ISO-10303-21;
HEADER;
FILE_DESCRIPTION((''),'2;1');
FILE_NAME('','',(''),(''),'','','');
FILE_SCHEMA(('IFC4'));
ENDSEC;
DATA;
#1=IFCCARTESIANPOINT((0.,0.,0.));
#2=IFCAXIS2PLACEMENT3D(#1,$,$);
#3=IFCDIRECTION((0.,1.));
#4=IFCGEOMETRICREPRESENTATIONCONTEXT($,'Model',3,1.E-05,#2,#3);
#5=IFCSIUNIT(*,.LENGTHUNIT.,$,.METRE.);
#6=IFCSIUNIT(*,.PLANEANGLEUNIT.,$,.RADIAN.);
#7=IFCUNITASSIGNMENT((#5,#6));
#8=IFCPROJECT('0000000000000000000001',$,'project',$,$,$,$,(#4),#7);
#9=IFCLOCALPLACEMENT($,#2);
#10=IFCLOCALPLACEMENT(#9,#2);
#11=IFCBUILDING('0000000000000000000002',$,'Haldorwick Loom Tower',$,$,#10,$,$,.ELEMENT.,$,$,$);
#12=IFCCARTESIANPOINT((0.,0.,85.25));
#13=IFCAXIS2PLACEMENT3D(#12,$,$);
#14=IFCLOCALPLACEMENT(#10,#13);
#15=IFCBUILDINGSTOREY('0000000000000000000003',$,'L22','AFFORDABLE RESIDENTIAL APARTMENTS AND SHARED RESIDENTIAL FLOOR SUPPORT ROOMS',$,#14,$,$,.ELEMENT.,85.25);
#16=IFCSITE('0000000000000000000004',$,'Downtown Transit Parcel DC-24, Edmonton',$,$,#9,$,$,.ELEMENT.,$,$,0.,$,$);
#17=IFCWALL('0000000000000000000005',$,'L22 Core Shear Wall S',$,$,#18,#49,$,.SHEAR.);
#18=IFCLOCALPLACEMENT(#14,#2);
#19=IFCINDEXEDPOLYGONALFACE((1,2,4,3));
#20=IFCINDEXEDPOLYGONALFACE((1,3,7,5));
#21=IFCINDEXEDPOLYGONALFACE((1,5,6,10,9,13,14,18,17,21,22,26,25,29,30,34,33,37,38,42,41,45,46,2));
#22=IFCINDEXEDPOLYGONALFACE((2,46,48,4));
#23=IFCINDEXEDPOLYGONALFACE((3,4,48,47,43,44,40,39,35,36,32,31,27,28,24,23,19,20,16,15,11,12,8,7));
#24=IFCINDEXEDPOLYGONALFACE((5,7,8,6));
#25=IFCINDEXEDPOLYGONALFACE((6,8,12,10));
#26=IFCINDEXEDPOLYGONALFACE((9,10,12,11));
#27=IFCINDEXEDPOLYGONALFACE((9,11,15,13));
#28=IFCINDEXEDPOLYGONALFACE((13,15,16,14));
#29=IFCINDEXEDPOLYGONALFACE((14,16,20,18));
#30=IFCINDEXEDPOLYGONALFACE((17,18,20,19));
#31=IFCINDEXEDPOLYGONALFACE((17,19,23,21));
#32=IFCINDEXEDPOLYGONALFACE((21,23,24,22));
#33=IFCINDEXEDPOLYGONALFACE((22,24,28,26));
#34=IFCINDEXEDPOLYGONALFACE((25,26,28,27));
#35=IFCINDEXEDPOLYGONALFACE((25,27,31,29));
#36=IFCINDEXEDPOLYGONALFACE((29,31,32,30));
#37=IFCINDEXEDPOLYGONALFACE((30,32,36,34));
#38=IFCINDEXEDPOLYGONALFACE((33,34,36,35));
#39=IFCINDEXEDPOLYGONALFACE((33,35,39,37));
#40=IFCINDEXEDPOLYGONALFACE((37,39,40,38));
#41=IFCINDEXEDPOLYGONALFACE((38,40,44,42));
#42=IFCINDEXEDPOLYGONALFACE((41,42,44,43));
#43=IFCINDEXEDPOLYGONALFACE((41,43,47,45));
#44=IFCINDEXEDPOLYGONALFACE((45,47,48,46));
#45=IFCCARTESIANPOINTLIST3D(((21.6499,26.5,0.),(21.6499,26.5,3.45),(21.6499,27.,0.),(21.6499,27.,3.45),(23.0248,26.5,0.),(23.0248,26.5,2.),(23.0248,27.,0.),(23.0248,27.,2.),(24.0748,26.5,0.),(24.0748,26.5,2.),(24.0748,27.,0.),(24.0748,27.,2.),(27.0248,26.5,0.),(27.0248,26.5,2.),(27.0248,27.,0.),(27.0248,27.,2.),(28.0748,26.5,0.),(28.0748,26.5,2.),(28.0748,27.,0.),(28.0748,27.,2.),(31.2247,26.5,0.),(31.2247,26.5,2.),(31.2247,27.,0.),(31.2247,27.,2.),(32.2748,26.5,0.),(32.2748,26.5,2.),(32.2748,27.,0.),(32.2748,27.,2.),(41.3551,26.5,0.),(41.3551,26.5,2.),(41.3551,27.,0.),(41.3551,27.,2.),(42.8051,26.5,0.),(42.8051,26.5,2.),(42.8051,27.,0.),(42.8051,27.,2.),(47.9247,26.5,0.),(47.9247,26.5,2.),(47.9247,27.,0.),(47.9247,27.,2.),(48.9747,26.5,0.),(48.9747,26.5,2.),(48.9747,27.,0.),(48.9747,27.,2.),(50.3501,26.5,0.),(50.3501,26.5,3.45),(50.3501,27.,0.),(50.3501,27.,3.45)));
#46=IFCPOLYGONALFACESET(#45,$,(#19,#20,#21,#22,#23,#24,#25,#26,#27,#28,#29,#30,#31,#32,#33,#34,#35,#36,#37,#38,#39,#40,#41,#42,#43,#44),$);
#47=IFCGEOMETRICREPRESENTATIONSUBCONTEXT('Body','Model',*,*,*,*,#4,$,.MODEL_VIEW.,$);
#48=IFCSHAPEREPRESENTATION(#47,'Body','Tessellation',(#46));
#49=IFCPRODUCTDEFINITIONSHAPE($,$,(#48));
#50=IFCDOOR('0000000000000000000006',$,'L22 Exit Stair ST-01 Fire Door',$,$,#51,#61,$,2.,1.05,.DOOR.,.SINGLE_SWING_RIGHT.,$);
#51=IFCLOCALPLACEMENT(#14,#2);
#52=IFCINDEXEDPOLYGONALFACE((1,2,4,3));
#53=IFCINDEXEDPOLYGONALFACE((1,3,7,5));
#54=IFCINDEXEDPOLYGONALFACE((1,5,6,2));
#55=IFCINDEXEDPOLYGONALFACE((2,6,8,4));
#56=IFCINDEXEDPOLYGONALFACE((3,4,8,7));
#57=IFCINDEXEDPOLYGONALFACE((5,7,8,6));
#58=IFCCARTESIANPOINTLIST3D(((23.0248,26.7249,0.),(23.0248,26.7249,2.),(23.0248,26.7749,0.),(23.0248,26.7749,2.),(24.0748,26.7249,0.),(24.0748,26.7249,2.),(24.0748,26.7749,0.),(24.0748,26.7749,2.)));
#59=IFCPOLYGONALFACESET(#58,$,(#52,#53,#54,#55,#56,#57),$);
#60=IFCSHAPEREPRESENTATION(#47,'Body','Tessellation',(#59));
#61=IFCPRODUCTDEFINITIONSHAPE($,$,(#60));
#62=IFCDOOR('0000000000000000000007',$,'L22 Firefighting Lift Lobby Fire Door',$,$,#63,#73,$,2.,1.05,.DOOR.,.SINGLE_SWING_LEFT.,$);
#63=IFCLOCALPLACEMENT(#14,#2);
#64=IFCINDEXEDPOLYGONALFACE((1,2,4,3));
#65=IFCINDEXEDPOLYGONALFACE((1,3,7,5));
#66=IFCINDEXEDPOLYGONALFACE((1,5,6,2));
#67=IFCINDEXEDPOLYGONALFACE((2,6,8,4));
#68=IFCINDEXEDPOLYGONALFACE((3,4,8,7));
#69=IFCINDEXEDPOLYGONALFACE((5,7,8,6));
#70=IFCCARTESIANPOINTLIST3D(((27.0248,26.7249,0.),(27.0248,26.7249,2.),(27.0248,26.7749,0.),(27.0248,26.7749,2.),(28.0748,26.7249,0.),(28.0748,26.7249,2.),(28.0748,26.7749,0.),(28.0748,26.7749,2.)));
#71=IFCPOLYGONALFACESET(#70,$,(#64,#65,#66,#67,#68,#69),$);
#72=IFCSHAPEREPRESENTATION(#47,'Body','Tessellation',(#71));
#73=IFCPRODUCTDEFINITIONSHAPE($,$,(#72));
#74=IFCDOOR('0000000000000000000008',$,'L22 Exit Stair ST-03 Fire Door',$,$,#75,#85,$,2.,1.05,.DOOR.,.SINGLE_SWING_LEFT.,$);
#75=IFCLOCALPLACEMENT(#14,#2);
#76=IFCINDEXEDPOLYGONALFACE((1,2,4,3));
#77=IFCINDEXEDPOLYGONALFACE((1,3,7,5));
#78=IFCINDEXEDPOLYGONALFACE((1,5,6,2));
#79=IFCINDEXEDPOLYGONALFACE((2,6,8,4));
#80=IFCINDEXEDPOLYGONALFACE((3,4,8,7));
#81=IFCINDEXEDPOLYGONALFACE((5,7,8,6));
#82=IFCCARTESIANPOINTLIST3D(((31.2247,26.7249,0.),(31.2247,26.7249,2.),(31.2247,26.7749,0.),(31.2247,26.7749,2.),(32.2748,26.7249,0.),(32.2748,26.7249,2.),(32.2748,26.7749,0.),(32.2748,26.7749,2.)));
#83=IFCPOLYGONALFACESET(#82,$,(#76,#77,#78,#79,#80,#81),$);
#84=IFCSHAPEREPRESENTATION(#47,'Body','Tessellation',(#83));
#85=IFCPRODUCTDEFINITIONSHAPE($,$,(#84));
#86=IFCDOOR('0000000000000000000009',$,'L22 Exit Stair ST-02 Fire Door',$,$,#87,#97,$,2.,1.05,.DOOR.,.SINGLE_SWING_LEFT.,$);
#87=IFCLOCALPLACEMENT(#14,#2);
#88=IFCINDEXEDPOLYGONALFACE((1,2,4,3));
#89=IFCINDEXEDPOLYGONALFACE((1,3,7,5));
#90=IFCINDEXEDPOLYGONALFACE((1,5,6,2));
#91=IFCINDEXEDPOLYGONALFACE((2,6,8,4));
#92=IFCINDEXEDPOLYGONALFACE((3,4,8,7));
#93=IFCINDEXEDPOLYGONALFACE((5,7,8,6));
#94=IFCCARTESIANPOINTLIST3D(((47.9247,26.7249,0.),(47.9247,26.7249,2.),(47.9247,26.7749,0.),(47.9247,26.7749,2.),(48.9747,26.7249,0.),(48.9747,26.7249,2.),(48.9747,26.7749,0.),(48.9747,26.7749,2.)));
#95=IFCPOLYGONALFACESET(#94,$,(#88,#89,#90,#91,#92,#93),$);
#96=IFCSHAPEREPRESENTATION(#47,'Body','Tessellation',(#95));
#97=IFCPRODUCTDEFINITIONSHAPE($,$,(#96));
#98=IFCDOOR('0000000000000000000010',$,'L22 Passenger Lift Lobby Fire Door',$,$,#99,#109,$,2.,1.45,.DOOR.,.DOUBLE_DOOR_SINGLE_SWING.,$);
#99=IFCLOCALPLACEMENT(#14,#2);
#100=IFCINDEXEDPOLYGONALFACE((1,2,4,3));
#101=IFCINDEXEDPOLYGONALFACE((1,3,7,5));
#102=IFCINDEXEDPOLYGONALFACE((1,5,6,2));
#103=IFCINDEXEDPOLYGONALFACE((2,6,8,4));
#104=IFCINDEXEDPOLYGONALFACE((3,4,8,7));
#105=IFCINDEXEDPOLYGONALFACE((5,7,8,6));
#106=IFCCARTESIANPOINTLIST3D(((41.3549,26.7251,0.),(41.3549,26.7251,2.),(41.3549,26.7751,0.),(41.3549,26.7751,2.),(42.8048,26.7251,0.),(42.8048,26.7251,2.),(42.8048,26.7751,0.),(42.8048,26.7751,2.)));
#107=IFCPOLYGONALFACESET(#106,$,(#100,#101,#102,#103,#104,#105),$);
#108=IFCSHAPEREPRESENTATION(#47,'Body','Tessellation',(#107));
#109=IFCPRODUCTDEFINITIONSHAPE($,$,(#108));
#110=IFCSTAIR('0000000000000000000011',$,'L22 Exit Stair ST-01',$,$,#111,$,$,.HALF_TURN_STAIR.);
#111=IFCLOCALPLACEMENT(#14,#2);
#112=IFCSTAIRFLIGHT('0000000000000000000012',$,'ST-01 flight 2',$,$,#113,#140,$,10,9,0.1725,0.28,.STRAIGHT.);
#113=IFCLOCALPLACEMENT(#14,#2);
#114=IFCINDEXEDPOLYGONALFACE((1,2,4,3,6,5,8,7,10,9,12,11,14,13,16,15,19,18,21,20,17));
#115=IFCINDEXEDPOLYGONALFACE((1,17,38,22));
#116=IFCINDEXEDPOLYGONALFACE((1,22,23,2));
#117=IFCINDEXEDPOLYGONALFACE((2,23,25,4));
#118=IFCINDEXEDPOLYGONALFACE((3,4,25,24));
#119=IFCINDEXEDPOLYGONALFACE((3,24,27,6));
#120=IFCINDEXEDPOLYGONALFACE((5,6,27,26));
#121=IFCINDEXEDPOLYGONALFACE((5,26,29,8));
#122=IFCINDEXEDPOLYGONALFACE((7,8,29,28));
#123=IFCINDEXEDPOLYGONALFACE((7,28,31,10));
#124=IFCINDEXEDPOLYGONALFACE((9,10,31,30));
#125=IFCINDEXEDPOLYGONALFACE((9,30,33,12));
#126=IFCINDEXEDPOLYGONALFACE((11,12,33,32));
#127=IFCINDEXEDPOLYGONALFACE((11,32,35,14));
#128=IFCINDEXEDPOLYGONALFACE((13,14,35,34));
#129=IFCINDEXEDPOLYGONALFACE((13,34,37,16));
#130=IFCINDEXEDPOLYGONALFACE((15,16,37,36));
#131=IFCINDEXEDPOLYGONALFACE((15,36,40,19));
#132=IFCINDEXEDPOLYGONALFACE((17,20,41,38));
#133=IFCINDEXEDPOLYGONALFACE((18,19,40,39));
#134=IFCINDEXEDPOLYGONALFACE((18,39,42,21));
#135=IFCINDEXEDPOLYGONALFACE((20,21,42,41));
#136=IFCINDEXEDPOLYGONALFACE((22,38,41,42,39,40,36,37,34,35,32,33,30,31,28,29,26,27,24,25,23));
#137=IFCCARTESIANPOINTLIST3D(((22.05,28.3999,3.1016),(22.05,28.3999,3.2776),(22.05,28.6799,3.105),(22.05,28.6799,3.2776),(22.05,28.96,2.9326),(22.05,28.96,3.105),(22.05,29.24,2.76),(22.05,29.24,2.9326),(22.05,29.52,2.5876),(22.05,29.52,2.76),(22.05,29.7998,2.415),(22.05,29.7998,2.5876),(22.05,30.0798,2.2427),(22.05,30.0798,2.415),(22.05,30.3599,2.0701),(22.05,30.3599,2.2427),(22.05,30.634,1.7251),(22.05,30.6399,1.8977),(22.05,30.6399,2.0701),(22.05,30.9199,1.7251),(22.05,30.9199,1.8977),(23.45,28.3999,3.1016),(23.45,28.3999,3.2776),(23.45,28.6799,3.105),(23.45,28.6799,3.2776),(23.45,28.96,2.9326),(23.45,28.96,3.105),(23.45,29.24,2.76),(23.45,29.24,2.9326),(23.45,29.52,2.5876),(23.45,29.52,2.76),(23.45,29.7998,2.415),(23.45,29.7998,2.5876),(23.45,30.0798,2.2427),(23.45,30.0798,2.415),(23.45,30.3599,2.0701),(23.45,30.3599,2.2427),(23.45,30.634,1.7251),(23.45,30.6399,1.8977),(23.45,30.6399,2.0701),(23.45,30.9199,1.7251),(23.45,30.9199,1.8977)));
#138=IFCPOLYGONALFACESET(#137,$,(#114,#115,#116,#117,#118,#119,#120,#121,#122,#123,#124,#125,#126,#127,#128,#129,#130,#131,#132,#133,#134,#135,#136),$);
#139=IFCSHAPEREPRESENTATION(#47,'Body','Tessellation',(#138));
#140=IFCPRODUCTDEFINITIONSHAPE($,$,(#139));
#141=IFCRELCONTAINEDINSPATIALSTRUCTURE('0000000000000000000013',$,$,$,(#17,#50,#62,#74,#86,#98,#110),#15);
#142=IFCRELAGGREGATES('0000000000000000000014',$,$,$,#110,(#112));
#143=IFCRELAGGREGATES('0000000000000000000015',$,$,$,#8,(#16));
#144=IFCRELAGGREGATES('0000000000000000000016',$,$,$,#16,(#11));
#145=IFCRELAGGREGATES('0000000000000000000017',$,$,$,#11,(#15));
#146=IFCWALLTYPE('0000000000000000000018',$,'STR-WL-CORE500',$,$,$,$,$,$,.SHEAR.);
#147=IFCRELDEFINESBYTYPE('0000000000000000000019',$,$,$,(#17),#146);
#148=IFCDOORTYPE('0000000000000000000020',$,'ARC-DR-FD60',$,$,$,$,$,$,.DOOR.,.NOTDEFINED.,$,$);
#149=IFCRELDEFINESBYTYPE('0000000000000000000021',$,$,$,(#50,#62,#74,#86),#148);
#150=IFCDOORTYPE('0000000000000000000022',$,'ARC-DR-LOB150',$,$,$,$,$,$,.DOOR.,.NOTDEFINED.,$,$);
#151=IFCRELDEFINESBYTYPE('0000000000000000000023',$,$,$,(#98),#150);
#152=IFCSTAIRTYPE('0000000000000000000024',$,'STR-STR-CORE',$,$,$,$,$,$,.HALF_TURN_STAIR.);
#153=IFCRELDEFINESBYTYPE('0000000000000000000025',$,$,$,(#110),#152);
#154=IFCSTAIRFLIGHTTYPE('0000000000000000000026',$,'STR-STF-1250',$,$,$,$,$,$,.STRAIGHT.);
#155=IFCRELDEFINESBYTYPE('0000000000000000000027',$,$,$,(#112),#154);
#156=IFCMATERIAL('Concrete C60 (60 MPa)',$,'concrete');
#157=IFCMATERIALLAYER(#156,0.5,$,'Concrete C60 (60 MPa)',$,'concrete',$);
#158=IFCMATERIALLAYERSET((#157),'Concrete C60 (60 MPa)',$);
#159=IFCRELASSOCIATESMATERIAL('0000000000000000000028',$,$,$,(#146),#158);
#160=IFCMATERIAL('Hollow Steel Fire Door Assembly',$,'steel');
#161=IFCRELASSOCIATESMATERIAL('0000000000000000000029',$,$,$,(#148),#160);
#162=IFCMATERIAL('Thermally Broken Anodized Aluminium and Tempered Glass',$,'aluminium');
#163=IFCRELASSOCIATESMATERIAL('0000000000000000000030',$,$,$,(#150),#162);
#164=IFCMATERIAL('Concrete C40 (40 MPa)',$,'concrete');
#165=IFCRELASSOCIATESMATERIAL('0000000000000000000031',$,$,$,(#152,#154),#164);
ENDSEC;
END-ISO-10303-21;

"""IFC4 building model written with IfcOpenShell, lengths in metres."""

from ifc_helpers import new_model, si_unit, direction, frame, frame_2d, origin, place, context, subcontext, project, spatial, polyline, rectangle, outline, extrude, material, layer, layer_set, type_object, element, fill, aggregate, save


model = new_model("IFC4")

# Units and contexts
model_context = context("Model", 3, precision=1e-05, world=origin(), true_north=direction((0.0, 1.0)))
body_context = subcontext(model_context, "Body", "Model", "MODEL_VIEW")
ifc_project = project(units=[si_unit("LENGTHUNIT", "METRE"), si_unit("PLANEANGLEUNIT", "RADIAN")], contexts=[model_context])

# Site, building, storey
site_placement = place(None, origin())
site = spatial("IfcSite", under=ifc_project, at=site_placement, Name="Downtown Transit Parcel DC-24, Edmonton", CompositionType="ELEMENT", RefElevation=0.0)
building_placement = place(site_placement, origin())
building = spatial("IfcBuilding", under=site, at=building_placement, Name="Haldorwick Loom Tower", CompositionType="ELEMENT")
storey_placement = place(building_placement, frame((0.0, 0.0, 85.25)))
storey = spatial("IfcBuildingStorey", under=building, at=storey_placement, Name="L22", Description="AFFORDABLE RESIDENTIAL APARTMENTS AND SHARED RESIDENTIAL FLOOR SUPPORT ROOMS", CompositionType="ELEMENT", Elevation=85.25)

# Shared definitions
ifc_material_1 = material(Name="Concrete C60 (60 MPa)", Category="concrete")

# Wall, openings, doors
ifc_layer_1 = layer(ifc_material_1, 0.5, Name="Concrete C60 (60 MPa)", Category="concrete")
ifc_layer_set_1 = layer_set([ifc_layer_1], Name="Concrete C60 (60 MPa)")
wall_type_1 = type_object("IfcWallType", Name="STR-WL-CORE500", PredefinedType="SHEAR", material=ifc_layer_set_1)
wall_1_placement = place(storey_placement, frame((21.6499, 26.75, 0.0), z_axis=(0.0, 0.0, 1.0), x_axis=(1.0, 0.0, 0.0)))
wall_1 = element("IfcWall", 1, at=wall_1_placement, inside=storey, type_object=wall_type_1, Name="L22 Core Shear Wall S", PredefinedType="SHEAR", context=body_context, shape_type="SweptSolid", body=[
    extrude(rectangle(XDim=28.7002, YDim=0.5, at=frame_2d((14.3501, 0.0))), origin(), (0.0, 0.0, 1.0), 3.45),
])
opening_1_placement = place(wall_1_placement, frame((1.375, 0.0, 0.0)))
opening_1 = element("IfcOpeningElement", 2, at=opening_1_placement, cuts=wall_1, PredefinedType="OPENING", context=body_context, shape_type="SweptSolid", body=[
    extrude(rectangle(XDim=1.05, YDim=2.0, at=frame_2d((0.5249, 1.0))), frame((0.0, 0.26, 0.0), z_axis=(0.0, -1.0, 0.0), x_axis=(1.0, 0.0, 0.0)), (0.0, 0.0, 1.0), 0.52),
])
opening_2_placement = place(wall_1_placement, frame((5.375, 0.0, 0.0)))
opening_2 = element("IfcOpeningElement", 3, at=opening_2_placement, cuts=wall_1, PredefinedType="OPENING", context=body_context, shape_type="SweptSolid", body=[
    extrude(rectangle(XDim=1.05, YDim=2.0, at=frame_2d((0.5249, 1.0))), frame((0.0, 0.26, 0.0), z_axis=(0.0, -1.0, 0.0), x_axis=(1.0, 0.0, 0.0)), (0.0, 0.0, 1.0), 0.52),
])
opening_3_placement = place(wall_1_placement, frame((9.575, 0.0, 0.0)))
opening_3 = element("IfcOpeningElement", 4, at=opening_3_placement, cuts=wall_1, PredefinedType="OPENING", context=body_context, shape_type="SweptSolid", body=[
    extrude(rectangle(XDim=1.05, YDim=2.0, at=frame_2d((0.5249, 1.0))), frame((0.0, 0.26, 0.0), z_axis=(0.0, -1.0, 0.0), x_axis=(1.0, 0.0, 0.0)), (0.0, 0.0, 1.0), 0.52),
])
opening_4_placement = place(wall_1_placement, frame((19.7051, 0.0, 0.0)))
opening_4 = element("IfcOpeningElement", 5, at=opening_4_placement, cuts=wall_1, PredefinedType="OPENING", context=body_context, shape_type="SweptSolid", body=[
    extrude(rectangle(XDim=1.45, YDim=2.0, at=frame_2d((0.7251, 1.0))), frame((0.0, 0.26, 0.0), z_axis=(0.0, -1.0, 0.0), x_axis=(1.0, 0.0, 0.0)), (0.0, 0.0, 1.0), 0.52),
])
opening_5_placement = place(wall_1_placement, frame((26.2749, 0.0, 0.0)))
opening_5 = element("IfcOpeningElement", 6, at=opening_5_placement, cuts=wall_1, PredefinedType="OPENING", context=body_context, shape_type="SweptSolid", body=[
    extrude(rectangle(XDim=1.05, YDim=2.0, at=frame_2d((0.5249, 1.0))), frame((0.0, 0.26, 0.0), z_axis=(0.0, -1.0, 0.0), x_axis=(1.0, 0.0, 0.0)), (0.0, 0.0, 1.0), 0.52),
])
ifc_material_2 = material(Name="Hollow Steel Fire Door Assembly", Category="steel")
door_type_1 = type_object("IfcDoorType", Name="ARC-DR-FD60", OperationType="NOTDEFINED", PredefinedType="DOOR", material=ifc_material_2)
door_1_placement = place(opening_1_placement, origin())
door_1 = element("IfcDoor", 7, at=door_1_placement, inside=storey, type_object=door_type_1, Name="L22 Exit Stair ST-01 Fire Door", OperationType="SINGLE_SWING_RIGHT", OverallHeight=2.0, OverallWidth=1.05, PredefinedType="DOOR", context=body_context, shape_type="SweptSolid", body=[
    extrude(rectangle(XDim=1.05, YDim=2.0, at=frame_2d((0.5249, 1.0))), frame((0.0, 0.0249, 0.0), z_axis=(0.0, -1.0, 0.0), x_axis=(1.0, 0.0, 0.0)), (0.0, 0.0, 1.0), 0.05),
])
fill(opening_1, door_1)
door_2_placement = place(opening_2_placement, origin())
door_2 = element("IfcDoor", 8, at=door_2_placement, inside=storey, type_object=door_type_1, Name="L22 Firefighting Lift Lobby Fire Door", OperationType="SINGLE_SWING_LEFT", OverallHeight=2.0, OverallWidth=1.05, PredefinedType="DOOR", context=body_context, shape_type="SweptSolid", body=[
    extrude(rectangle(XDim=1.05, YDim=2.0, at=frame_2d((0.5249, 1.0))), frame((0.0, 0.0249, 0.0), z_axis=(0.0, -1.0, 0.0), x_axis=(1.0, 0.0, 0.0)), (0.0, 0.0, 1.0), 0.05),
])
fill(opening_2, door_2)
door_3_placement = place(opening_3_placement, origin())
door_3 = element("IfcDoor", 9, at=door_3_placement, inside=storey, type_object=door_type_1, Name="L22 Exit Stair ST-03 Fire Door", OperationType="SINGLE_SWING_LEFT", OverallHeight=2.0, OverallWidth=1.05, PredefinedType="DOOR", context=body_context, shape_type="SweptSolid", body=[
    extrude(rectangle(XDim=1.05, YDim=2.0, at=frame_2d((0.5249, 1.0))), frame((0.0, 0.0249, 0.0), z_axis=(0.0, -1.0, 0.0), x_axis=(1.0, 0.0, 0.0)), (0.0, 0.0, 1.0), 0.05),
])
fill(opening_3, door_3)
door_4_placement = place(opening_5_placement, origin())
door_4 = element("IfcDoor", 10, at=door_4_placement, inside=storey, type_object=door_type_1, Name="L22 Exit Stair ST-02 Fire Door", OperationType="SINGLE_SWING_LEFT", OverallHeight=2.0, OverallWidth=1.05, PredefinedType="DOOR", context=body_context, shape_type="SweptSolid", body=[
    extrude(rectangle(XDim=1.05, YDim=2.0, at=frame_2d((0.5249, 1.0))), frame((0.0, 0.0249, 0.0), z_axis=(0.0, -1.0, 0.0), x_axis=(1.0, 0.0, 0.0)), (0.0, 0.0, 1.0), 0.05),
])
fill(opening_5, door_4)
ifc_material_3 = material(Name="Thermally Broken Anodized Aluminium and Tempered Glass", Category="aluminium")
door_type_2 = type_object("IfcDoorType", Name="ARC-DR-LOB150", OperationType="NOTDEFINED", PredefinedType="DOOR", material=ifc_material_3)
door_5_placement = place(opening_4_placement, frame((1.45, 0.0, 0.0), z_axis=(0.0, 0.0, 1.0), x_axis=(-1.0, 0.0, 0.0)))
door_5 = element("IfcDoor", 11, at=door_5_placement, inside=storey, type_object=door_type_2, Name="L22 Passenger Lift Lobby Fire Door", OperationType="DOUBLE_DOOR_SINGLE_SWING", OverallHeight=2.0, OverallWidth=1.45, PredefinedType="DOOR", context=body_context, shape_type="SweptSolid", body=[
    extrude(rectangle(XDim=1.45, YDim=2.0, at=frame_2d((0.7251, 1.0))), frame((0.0, 0.0249, 0.0), z_axis=(0.0, -1.0, 0.0), x_axis=(1.0, 0.0, 0.0)), (0.0, 0.0, 1.0), 0.05),
])
fill(opening_4, door_5)

# Stair, stair flight
ifc_material_4 = material(Name="Concrete C40 (40 MPa)", Category="concrete")
stair_type = type_object("IfcStairType", Name="STR-STR-CORE", PredefinedType="HALF_TURN_STAIR", material=ifc_material_4)
stair_placement = place(storey_placement, origin())
stair = element("IfcStair", 12, at=stair_placement, inside=storey, type_object=stair_type, Name="L22 Exit Stair ST-01", PredefinedType="HALF_TURN_STAIR")
stair_flight_type = type_object("IfcStairFlightType", Name="STR-STF-1250", PredefinedType="STRAIGHT", material=ifc_material_4)
stair_flight_placement = place(storey_placement, frame((22.75, 30.9199, 1.7251), z_axis=(0.0, 0.0, 1.0), x_axis=(0.0, -1.0, 0.0)))
stair_flight = element("IfcStairFlight", 13, at=stair_flight_placement, type_object=stair_flight_type, Name="ST-01 flight 2", NumberOfRisers=10, NumberOfTreads=9, PredefinedType="STRAIGHT", RiserHeight=0.1725, TreadLength=0.28, context=body_context, shape_type="SweptSolid", body=[
    extrude(outline(polyline([(0.0, 0.0), (0.0, 0.1726), (0.28, 0.1726), (0.28, 0.345), (0.5601, 0.345), (0.5601, 0.5176), (0.8401, 0.5176), (0.8401, 0.6899), (1.1201, 0.6899), (1.1201, 0.8625), (1.3999, 0.8625), (1.3999, 1.0349), (1.6799, 1.0349), (1.6799, 1.2075), (1.96, 1.2075), (1.96, 1.3799), (2.24, 1.3799), (2.24, 1.5525), (2.52, 1.5525), (2.52, 1.7251), (2.52, 1.3765), (0.2859, 0.0), (0.0, 0.0)])), frame((0.0, 0.7, 0.0), z_axis=(0.0, -1.0, 0.0), x_axis=(1.0, 0.0, 0.0)), (0.0, 0.0, 1.0), 1.3999),
])
aggregate(stair, [stair_flight])

save(model, "model.ifc")
